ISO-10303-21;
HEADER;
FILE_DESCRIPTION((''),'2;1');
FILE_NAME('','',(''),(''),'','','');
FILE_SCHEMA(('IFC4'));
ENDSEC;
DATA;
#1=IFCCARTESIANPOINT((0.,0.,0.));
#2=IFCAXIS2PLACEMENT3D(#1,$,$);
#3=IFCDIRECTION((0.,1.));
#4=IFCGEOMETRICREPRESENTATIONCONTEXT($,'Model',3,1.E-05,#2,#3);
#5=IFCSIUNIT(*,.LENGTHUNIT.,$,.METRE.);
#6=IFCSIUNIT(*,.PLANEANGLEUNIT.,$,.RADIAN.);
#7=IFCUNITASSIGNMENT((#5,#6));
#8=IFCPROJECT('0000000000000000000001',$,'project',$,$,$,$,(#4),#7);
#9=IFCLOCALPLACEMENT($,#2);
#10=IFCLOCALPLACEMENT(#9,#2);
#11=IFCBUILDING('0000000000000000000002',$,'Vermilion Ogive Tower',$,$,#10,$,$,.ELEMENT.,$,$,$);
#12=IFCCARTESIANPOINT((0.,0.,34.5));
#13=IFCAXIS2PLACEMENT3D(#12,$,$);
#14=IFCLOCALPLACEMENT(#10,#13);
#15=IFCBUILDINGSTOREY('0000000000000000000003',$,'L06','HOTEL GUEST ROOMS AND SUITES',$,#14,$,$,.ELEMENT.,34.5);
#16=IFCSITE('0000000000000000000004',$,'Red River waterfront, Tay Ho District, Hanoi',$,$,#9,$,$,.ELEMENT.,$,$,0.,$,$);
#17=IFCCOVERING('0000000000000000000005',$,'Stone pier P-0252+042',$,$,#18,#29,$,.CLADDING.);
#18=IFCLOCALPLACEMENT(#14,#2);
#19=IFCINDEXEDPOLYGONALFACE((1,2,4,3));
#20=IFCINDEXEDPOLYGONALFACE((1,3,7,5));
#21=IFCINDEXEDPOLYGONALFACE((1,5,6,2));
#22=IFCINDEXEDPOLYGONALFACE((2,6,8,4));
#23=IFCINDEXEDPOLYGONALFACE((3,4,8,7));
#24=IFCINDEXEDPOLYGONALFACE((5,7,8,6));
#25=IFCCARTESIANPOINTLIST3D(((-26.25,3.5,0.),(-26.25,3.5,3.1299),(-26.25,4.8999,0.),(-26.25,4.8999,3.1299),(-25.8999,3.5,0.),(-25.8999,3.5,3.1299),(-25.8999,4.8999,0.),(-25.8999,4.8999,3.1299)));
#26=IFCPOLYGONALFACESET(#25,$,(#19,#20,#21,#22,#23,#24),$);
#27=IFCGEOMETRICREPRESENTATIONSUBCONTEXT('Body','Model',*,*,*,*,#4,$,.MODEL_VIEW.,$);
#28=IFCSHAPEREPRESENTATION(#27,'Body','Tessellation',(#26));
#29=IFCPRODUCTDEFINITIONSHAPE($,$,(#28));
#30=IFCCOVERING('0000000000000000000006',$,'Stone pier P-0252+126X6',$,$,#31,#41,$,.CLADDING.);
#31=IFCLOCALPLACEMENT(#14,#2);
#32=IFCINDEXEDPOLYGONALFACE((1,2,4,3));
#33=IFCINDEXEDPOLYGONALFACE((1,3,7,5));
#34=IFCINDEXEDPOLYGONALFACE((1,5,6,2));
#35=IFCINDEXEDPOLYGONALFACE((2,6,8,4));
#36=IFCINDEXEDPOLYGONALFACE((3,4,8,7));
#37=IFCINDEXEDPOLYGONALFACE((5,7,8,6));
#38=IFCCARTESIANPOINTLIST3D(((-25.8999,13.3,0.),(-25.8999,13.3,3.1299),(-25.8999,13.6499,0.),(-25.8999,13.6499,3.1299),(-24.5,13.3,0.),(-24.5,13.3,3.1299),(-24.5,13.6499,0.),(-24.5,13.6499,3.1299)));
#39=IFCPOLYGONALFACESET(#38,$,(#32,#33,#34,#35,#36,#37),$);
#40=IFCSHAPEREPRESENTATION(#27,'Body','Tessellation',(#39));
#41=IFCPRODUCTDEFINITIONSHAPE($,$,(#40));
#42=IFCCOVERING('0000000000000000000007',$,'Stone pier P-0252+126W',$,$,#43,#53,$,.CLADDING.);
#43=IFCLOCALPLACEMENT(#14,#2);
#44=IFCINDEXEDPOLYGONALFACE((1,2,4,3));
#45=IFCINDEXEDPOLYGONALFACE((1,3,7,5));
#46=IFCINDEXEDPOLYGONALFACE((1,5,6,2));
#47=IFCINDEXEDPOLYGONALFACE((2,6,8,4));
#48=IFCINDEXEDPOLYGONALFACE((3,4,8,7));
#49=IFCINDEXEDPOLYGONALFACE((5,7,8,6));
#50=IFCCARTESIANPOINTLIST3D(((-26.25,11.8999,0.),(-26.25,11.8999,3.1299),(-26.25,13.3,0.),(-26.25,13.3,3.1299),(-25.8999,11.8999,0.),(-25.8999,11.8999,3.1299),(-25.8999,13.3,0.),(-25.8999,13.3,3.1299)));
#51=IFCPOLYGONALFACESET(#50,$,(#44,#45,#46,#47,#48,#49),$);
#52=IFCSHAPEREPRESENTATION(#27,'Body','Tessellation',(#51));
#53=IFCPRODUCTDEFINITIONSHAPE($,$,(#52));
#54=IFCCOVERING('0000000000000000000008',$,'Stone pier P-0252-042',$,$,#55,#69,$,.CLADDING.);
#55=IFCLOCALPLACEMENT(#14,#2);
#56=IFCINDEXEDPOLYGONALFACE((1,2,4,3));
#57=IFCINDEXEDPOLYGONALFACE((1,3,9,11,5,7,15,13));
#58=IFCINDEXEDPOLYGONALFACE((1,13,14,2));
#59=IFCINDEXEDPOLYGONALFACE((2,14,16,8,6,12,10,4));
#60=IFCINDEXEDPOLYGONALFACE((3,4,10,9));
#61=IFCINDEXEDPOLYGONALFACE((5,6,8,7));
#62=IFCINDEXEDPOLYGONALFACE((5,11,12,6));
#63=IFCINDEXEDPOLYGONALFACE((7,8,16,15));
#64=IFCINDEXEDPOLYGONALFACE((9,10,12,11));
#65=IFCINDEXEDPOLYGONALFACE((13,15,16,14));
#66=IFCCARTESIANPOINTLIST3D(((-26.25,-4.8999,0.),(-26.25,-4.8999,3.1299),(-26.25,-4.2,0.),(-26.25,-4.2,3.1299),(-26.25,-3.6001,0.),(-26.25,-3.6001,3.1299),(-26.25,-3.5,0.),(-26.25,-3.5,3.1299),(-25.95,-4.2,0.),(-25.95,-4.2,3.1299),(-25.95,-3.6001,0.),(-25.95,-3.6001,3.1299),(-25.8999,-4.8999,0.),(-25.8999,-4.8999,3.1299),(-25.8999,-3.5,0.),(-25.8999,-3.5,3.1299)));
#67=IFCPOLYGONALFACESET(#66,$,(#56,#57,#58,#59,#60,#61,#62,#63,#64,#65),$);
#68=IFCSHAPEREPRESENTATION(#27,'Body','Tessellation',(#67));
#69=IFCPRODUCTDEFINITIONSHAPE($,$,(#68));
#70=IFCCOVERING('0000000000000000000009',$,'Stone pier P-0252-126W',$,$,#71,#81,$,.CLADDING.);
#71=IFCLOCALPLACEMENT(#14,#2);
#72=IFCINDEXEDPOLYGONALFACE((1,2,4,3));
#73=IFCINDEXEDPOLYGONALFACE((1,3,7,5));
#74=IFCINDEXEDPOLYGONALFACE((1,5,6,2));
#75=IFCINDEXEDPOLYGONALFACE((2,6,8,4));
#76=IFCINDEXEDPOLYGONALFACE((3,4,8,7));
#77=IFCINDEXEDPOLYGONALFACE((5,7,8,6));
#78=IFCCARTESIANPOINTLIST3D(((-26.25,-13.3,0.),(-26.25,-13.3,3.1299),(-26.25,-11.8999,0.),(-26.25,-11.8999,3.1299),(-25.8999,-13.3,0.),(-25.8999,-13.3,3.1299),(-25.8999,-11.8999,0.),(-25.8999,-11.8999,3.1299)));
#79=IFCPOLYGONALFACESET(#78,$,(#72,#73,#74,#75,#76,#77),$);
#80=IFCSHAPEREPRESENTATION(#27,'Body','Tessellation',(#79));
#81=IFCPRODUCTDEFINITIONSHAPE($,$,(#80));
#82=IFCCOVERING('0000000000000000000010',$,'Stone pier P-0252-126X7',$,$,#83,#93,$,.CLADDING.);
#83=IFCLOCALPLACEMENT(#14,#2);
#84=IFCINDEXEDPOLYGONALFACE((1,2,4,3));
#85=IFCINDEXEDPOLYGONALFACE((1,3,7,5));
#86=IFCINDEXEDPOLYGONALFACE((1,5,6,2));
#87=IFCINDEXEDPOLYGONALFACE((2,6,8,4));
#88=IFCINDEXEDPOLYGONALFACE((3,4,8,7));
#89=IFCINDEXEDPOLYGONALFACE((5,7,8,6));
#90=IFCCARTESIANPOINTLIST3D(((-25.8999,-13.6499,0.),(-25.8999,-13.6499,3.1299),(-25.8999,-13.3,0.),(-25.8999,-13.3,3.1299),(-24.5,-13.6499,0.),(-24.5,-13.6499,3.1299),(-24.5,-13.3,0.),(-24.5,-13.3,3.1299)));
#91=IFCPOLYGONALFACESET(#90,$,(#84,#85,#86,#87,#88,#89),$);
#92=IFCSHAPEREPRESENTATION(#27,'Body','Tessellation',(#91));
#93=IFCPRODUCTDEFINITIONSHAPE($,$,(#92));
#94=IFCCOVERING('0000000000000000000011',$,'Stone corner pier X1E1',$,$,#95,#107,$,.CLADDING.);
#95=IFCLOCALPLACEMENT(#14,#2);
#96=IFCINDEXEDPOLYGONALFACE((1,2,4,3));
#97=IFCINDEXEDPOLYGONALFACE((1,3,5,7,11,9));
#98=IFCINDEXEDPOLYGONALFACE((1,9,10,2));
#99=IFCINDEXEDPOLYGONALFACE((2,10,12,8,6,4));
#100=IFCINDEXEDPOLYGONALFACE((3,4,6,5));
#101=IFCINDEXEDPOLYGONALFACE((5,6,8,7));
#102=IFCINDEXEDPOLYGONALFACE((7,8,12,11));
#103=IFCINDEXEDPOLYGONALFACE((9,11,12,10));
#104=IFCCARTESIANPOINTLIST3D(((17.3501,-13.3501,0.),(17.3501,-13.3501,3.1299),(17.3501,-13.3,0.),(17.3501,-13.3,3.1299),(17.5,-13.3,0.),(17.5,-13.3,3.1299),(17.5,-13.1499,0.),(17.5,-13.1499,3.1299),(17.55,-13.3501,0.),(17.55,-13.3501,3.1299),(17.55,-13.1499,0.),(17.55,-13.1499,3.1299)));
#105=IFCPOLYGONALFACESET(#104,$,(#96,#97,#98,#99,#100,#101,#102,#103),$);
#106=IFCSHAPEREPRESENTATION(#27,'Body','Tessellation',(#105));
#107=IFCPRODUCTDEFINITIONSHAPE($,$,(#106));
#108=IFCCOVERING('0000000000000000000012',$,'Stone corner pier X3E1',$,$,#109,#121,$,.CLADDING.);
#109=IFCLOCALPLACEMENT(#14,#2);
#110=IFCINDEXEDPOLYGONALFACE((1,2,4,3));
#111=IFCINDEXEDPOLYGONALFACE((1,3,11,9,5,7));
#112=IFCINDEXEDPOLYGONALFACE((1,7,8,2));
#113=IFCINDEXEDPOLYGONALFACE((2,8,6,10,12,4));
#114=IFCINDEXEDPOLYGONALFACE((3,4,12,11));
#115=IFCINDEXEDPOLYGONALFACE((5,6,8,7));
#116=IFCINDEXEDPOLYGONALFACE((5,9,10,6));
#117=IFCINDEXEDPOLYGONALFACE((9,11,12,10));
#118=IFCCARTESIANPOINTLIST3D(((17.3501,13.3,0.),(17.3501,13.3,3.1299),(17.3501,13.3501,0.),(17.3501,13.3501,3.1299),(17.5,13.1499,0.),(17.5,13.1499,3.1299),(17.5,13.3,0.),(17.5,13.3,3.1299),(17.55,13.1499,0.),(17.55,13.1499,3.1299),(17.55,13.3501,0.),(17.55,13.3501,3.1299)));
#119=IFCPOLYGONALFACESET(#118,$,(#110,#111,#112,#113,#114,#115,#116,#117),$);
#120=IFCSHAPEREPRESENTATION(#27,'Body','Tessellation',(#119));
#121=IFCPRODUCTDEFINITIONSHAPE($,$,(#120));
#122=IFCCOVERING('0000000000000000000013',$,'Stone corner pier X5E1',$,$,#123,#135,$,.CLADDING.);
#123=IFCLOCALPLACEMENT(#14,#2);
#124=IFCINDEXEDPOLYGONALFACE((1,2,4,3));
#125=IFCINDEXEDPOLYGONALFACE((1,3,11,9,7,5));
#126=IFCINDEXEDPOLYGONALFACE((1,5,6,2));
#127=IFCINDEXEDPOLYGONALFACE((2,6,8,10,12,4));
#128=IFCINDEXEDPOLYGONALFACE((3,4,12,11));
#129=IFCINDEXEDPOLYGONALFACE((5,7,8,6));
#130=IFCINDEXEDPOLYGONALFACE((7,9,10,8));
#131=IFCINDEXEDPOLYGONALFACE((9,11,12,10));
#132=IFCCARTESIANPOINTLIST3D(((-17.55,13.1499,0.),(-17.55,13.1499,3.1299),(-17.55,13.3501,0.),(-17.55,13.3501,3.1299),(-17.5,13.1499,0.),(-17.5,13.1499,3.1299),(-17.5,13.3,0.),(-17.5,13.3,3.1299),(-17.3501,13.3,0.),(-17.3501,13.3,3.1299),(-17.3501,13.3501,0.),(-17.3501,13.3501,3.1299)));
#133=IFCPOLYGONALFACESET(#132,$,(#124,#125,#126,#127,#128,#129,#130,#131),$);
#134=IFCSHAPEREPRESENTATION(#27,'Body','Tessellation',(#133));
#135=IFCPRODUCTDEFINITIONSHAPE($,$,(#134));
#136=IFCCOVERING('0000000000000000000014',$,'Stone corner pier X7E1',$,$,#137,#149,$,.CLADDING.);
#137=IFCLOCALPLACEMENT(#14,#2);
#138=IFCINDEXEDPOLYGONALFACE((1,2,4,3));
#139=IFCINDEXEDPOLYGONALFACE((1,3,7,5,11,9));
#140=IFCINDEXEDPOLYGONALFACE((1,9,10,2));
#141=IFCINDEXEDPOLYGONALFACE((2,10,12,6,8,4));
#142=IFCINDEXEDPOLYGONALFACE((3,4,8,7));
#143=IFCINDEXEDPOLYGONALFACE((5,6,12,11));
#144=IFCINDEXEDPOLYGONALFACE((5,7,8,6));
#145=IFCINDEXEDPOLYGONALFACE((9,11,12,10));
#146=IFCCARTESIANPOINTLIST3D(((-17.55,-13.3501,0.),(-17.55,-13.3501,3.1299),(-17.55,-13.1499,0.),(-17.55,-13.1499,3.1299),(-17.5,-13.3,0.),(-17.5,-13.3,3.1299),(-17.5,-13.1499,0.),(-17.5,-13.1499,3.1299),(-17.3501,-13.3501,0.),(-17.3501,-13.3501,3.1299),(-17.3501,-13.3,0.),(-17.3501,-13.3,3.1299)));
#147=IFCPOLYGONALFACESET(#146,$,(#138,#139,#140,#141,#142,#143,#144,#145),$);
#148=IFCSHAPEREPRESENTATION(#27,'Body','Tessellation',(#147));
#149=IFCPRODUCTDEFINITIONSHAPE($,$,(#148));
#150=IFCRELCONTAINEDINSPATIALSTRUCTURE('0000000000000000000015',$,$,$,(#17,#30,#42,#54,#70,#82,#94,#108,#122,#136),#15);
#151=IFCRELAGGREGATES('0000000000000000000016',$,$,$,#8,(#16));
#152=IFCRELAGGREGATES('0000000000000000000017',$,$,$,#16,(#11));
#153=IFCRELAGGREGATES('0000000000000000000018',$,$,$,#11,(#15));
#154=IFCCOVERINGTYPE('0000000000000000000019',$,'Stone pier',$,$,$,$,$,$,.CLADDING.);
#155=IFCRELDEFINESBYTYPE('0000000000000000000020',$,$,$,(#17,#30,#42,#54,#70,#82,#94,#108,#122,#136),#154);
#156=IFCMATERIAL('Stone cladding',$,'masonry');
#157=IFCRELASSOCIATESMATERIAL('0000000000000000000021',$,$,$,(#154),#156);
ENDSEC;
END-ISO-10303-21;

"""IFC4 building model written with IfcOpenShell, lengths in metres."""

from ifc_helpers import new_model, si_unit, direction, frame, origin, place, context, subcontext, project, spatial, polyline, outline, extrude, material, type_object, element, save


model = new_model("IFC4")

# Units and contexts
model_context = context("Model", 3, precision=1e-05, world=origin(), true_north=direction((0.0, 1.0)))
body_context = subcontext(model_context, "Body", "Model", "MODEL_VIEW")
ifc_project = project(units=[si_unit("LENGTHUNIT", "METRE"), si_unit("PLANEANGLEUNIT", "RADIAN")], contexts=[model_context])

# Site, building, storey
site_placement = place(None, origin())
site = spatial("IfcSite", under=ifc_project, at=site_placement, Name="Red River waterfront, Tay Ho District, Hanoi", CompositionType="ELEMENT", RefElevation=0.0)
building_placement = place(site_placement, origin())
building = spatial("IfcBuilding", under=site, at=building_placement, Name="Vermilion Ogive Tower", CompositionType="ELEMENT")
storey_placement = place(building_placement, frame((0.0, 0.0, 34.5)))
storey = spatial("IfcBuildingStorey", under=building, at=storey_placement, Name="L06", Description="HOTEL GUEST ROOMS AND SUITES", CompositionType="ELEMENT", Elevation=34.5)

# Coverings
ifc_material_1 = material(Name="Stone cladding", Category="masonry")
covering_type_1 = type_object("IfcCoveringType", Name="Stone pier", PredefinedType="CLADDING", material=ifc_material_1)
covering_1_placement = place(storey_placement, origin())
element("IfcCovering", 1, at=covering_1_placement, inside=storey, type_object=covering_type_1, Name="Stone pier P-0252+042", PredefinedType="CLADDING", context=body_context, shape_type="SweptSolid", body=[
    extrude(outline(polyline([(-26.25, 3.5), (-26.25, 4.8999), (-25.8999, 4.8999), (-25.8999, 3.5), (-26.25, 3.5)])), origin(), (0.0, 0.0, 1.0), 3.1299),
])
covering_2_placement = place(storey_placement, origin())
element("IfcCovering", 2, at=covering_2_placement, inside=storey, type_object=covering_type_1, Name="Stone pier P-0252+126X6", PredefinedType="CLADDING", context=body_context, shape_type="SweptSolid", body=[
    extrude(outline(polyline([(-25.8999, 13.3), (-25.8999, 13.6499), (-24.5, 13.6499), (-24.5, 13.3), (-24.5, 13.3), (-25.8999, 13.3)])), origin(), (0.0, 0.0, 1.0), 3.1299),
])
covering_3_placement = place(storey_placement, origin())
element("IfcCovering", 3, at=covering_3_placement, inside=storey, type_object=covering_type_1, Name="Stone pier P-0252+126W", PredefinedType="CLADDING", context=body_context, shape_type="SweptSolid", body=[
    extrude(outline(polyline([(-26.25, 13.3), (-25.8999, 13.3), (-25.8999, 11.8999), (-26.25, 11.8999), (-26.25, 13.3)])), origin(), (0.0, 0.0, 1.0), 3.1299),
])
covering_4_placement = place(storey_placement, origin())
element("IfcCovering", 4, at=covering_4_placement, inside=storey, type_object=covering_type_1, Name="Stone pier P-0252-042", PredefinedType="CLADDING", context=body_context, shape_type="SweptSolid", body=[
    extrude(outline(polyline([(-26.25, -4.8999), (-26.25, -4.2), (-25.95, -4.2), (-25.95, -3.6001), (-26.25, -3.6001), (-26.25, -3.5), (-25.8999, -3.5), (-25.8999, -4.8999), (-26.25, -4.8999)])), origin(), (0.0, 0.0, 1.0), 3.1299),
])
covering_5_placement = place(storey_placement, origin())
element("IfcCovering", 5, at=covering_5_placement, inside=storey, type_object=covering_type_1, Name="Stone pier P-0252-126W", PredefinedType="CLADDING", context=body_context, shape_type="SweptSolid", body=[
    extrude(outline(polyline([(-26.25, -13.3), (-26.25, -11.8999), (-25.8999, -11.8999), (-25.8999, -13.3), (-26.25, -13.3)])), origin(), (0.0, 0.0, 1.0), 3.1299),
])
covering_6_placement = place(storey_placement, origin())
element("IfcCovering", 6, at=covering_6_placement, inside=storey, type_object=covering_type_1, Name="Stone pier P-0252-126X7", PredefinedType="CLADDING", context=body_context, shape_type="SweptSolid", body=[
    extrude(outline(polyline([(-25.8999, -13.6499), (-25.8999, -13.3), (-24.5, -13.3), (-24.5, -13.6499), (-25.8999, -13.6499)])), origin(), (0.0, 0.0, 1.0), 3.1299),
])
covering_7_placement = place(storey_placement, origin())
element("IfcCovering", 7, at=covering_7_placement, inside=storey, type_object=covering_type_1, Name="Stone corner pier X1E1", PredefinedType="CLADDING", context=body_context, shape_type="SweptSolid", body=[
    extrude(outline(polyline([(17.3501, -13.3), (17.5, -13.3), (17.5, -13.1499), (17.55, -13.1499), (17.55, -13.3501), (17.3501, -13.3501), (17.3501, -13.3)])), origin(), (0.0, 0.0, 1.0), 3.1299),
])
covering_8_placement = place(storey_placement, origin())
element("IfcCovering", 8, at=covering_8_placement, inside=storey, type_object=covering_type_1, Name="Stone corner pier X3E1", PredefinedType="CLADDING", context=body_context, shape_type="SweptSolid", body=[
    extrude(outline(polyline([(17.5, 13.1499), (17.5, 13.3), (17.3501, 13.3), (17.3501, 13.3501), (17.55, 13.3501), (17.55, 13.1499), (17.5, 13.1499)])), origin(), (0.0, 0.0, 1.0), 3.1299),
])
covering_9_placement = place(storey_placement, origin())
element("IfcCovering", 9, at=covering_9_placement, inside=storey, type_object=covering_type_1, Name="Stone corner pier X5E1", PredefinedType="CLADDING", context=body_context, shape_type="SweptSolid", body=[
    extrude(outline(polyline([(-17.3501, 13.3), (-17.5, 13.3), (-17.5, 13.1499), (-17.55, 13.1499), (-17.55, 13.3501), (-17.3501, 13.3501), (-17.3501, 13.3)])), origin(), (0.0, 0.0, 1.0), 3.1299),
])
covering_10_placement = place(storey_placement, origin())
element("IfcCovering", 10, at=covering_10_placement, inside=storey, type_object=covering_type_1, Name="Stone corner pier X7E1", PredefinedType="CLADDING", context=body_context, shape_type="SweptSolid", body=[
    extrude(outline(polyline([(-17.5, -13.1499), (-17.5, -13.3), (-17.3501, -13.3), (-17.3501, -13.3501), (-17.55, -13.3501), (-17.55, -13.1499), (-17.5, -13.1499)])), origin(), (0.0, 0.0, 1.0), 3.1299),
])

save(model, "model.ifc")
